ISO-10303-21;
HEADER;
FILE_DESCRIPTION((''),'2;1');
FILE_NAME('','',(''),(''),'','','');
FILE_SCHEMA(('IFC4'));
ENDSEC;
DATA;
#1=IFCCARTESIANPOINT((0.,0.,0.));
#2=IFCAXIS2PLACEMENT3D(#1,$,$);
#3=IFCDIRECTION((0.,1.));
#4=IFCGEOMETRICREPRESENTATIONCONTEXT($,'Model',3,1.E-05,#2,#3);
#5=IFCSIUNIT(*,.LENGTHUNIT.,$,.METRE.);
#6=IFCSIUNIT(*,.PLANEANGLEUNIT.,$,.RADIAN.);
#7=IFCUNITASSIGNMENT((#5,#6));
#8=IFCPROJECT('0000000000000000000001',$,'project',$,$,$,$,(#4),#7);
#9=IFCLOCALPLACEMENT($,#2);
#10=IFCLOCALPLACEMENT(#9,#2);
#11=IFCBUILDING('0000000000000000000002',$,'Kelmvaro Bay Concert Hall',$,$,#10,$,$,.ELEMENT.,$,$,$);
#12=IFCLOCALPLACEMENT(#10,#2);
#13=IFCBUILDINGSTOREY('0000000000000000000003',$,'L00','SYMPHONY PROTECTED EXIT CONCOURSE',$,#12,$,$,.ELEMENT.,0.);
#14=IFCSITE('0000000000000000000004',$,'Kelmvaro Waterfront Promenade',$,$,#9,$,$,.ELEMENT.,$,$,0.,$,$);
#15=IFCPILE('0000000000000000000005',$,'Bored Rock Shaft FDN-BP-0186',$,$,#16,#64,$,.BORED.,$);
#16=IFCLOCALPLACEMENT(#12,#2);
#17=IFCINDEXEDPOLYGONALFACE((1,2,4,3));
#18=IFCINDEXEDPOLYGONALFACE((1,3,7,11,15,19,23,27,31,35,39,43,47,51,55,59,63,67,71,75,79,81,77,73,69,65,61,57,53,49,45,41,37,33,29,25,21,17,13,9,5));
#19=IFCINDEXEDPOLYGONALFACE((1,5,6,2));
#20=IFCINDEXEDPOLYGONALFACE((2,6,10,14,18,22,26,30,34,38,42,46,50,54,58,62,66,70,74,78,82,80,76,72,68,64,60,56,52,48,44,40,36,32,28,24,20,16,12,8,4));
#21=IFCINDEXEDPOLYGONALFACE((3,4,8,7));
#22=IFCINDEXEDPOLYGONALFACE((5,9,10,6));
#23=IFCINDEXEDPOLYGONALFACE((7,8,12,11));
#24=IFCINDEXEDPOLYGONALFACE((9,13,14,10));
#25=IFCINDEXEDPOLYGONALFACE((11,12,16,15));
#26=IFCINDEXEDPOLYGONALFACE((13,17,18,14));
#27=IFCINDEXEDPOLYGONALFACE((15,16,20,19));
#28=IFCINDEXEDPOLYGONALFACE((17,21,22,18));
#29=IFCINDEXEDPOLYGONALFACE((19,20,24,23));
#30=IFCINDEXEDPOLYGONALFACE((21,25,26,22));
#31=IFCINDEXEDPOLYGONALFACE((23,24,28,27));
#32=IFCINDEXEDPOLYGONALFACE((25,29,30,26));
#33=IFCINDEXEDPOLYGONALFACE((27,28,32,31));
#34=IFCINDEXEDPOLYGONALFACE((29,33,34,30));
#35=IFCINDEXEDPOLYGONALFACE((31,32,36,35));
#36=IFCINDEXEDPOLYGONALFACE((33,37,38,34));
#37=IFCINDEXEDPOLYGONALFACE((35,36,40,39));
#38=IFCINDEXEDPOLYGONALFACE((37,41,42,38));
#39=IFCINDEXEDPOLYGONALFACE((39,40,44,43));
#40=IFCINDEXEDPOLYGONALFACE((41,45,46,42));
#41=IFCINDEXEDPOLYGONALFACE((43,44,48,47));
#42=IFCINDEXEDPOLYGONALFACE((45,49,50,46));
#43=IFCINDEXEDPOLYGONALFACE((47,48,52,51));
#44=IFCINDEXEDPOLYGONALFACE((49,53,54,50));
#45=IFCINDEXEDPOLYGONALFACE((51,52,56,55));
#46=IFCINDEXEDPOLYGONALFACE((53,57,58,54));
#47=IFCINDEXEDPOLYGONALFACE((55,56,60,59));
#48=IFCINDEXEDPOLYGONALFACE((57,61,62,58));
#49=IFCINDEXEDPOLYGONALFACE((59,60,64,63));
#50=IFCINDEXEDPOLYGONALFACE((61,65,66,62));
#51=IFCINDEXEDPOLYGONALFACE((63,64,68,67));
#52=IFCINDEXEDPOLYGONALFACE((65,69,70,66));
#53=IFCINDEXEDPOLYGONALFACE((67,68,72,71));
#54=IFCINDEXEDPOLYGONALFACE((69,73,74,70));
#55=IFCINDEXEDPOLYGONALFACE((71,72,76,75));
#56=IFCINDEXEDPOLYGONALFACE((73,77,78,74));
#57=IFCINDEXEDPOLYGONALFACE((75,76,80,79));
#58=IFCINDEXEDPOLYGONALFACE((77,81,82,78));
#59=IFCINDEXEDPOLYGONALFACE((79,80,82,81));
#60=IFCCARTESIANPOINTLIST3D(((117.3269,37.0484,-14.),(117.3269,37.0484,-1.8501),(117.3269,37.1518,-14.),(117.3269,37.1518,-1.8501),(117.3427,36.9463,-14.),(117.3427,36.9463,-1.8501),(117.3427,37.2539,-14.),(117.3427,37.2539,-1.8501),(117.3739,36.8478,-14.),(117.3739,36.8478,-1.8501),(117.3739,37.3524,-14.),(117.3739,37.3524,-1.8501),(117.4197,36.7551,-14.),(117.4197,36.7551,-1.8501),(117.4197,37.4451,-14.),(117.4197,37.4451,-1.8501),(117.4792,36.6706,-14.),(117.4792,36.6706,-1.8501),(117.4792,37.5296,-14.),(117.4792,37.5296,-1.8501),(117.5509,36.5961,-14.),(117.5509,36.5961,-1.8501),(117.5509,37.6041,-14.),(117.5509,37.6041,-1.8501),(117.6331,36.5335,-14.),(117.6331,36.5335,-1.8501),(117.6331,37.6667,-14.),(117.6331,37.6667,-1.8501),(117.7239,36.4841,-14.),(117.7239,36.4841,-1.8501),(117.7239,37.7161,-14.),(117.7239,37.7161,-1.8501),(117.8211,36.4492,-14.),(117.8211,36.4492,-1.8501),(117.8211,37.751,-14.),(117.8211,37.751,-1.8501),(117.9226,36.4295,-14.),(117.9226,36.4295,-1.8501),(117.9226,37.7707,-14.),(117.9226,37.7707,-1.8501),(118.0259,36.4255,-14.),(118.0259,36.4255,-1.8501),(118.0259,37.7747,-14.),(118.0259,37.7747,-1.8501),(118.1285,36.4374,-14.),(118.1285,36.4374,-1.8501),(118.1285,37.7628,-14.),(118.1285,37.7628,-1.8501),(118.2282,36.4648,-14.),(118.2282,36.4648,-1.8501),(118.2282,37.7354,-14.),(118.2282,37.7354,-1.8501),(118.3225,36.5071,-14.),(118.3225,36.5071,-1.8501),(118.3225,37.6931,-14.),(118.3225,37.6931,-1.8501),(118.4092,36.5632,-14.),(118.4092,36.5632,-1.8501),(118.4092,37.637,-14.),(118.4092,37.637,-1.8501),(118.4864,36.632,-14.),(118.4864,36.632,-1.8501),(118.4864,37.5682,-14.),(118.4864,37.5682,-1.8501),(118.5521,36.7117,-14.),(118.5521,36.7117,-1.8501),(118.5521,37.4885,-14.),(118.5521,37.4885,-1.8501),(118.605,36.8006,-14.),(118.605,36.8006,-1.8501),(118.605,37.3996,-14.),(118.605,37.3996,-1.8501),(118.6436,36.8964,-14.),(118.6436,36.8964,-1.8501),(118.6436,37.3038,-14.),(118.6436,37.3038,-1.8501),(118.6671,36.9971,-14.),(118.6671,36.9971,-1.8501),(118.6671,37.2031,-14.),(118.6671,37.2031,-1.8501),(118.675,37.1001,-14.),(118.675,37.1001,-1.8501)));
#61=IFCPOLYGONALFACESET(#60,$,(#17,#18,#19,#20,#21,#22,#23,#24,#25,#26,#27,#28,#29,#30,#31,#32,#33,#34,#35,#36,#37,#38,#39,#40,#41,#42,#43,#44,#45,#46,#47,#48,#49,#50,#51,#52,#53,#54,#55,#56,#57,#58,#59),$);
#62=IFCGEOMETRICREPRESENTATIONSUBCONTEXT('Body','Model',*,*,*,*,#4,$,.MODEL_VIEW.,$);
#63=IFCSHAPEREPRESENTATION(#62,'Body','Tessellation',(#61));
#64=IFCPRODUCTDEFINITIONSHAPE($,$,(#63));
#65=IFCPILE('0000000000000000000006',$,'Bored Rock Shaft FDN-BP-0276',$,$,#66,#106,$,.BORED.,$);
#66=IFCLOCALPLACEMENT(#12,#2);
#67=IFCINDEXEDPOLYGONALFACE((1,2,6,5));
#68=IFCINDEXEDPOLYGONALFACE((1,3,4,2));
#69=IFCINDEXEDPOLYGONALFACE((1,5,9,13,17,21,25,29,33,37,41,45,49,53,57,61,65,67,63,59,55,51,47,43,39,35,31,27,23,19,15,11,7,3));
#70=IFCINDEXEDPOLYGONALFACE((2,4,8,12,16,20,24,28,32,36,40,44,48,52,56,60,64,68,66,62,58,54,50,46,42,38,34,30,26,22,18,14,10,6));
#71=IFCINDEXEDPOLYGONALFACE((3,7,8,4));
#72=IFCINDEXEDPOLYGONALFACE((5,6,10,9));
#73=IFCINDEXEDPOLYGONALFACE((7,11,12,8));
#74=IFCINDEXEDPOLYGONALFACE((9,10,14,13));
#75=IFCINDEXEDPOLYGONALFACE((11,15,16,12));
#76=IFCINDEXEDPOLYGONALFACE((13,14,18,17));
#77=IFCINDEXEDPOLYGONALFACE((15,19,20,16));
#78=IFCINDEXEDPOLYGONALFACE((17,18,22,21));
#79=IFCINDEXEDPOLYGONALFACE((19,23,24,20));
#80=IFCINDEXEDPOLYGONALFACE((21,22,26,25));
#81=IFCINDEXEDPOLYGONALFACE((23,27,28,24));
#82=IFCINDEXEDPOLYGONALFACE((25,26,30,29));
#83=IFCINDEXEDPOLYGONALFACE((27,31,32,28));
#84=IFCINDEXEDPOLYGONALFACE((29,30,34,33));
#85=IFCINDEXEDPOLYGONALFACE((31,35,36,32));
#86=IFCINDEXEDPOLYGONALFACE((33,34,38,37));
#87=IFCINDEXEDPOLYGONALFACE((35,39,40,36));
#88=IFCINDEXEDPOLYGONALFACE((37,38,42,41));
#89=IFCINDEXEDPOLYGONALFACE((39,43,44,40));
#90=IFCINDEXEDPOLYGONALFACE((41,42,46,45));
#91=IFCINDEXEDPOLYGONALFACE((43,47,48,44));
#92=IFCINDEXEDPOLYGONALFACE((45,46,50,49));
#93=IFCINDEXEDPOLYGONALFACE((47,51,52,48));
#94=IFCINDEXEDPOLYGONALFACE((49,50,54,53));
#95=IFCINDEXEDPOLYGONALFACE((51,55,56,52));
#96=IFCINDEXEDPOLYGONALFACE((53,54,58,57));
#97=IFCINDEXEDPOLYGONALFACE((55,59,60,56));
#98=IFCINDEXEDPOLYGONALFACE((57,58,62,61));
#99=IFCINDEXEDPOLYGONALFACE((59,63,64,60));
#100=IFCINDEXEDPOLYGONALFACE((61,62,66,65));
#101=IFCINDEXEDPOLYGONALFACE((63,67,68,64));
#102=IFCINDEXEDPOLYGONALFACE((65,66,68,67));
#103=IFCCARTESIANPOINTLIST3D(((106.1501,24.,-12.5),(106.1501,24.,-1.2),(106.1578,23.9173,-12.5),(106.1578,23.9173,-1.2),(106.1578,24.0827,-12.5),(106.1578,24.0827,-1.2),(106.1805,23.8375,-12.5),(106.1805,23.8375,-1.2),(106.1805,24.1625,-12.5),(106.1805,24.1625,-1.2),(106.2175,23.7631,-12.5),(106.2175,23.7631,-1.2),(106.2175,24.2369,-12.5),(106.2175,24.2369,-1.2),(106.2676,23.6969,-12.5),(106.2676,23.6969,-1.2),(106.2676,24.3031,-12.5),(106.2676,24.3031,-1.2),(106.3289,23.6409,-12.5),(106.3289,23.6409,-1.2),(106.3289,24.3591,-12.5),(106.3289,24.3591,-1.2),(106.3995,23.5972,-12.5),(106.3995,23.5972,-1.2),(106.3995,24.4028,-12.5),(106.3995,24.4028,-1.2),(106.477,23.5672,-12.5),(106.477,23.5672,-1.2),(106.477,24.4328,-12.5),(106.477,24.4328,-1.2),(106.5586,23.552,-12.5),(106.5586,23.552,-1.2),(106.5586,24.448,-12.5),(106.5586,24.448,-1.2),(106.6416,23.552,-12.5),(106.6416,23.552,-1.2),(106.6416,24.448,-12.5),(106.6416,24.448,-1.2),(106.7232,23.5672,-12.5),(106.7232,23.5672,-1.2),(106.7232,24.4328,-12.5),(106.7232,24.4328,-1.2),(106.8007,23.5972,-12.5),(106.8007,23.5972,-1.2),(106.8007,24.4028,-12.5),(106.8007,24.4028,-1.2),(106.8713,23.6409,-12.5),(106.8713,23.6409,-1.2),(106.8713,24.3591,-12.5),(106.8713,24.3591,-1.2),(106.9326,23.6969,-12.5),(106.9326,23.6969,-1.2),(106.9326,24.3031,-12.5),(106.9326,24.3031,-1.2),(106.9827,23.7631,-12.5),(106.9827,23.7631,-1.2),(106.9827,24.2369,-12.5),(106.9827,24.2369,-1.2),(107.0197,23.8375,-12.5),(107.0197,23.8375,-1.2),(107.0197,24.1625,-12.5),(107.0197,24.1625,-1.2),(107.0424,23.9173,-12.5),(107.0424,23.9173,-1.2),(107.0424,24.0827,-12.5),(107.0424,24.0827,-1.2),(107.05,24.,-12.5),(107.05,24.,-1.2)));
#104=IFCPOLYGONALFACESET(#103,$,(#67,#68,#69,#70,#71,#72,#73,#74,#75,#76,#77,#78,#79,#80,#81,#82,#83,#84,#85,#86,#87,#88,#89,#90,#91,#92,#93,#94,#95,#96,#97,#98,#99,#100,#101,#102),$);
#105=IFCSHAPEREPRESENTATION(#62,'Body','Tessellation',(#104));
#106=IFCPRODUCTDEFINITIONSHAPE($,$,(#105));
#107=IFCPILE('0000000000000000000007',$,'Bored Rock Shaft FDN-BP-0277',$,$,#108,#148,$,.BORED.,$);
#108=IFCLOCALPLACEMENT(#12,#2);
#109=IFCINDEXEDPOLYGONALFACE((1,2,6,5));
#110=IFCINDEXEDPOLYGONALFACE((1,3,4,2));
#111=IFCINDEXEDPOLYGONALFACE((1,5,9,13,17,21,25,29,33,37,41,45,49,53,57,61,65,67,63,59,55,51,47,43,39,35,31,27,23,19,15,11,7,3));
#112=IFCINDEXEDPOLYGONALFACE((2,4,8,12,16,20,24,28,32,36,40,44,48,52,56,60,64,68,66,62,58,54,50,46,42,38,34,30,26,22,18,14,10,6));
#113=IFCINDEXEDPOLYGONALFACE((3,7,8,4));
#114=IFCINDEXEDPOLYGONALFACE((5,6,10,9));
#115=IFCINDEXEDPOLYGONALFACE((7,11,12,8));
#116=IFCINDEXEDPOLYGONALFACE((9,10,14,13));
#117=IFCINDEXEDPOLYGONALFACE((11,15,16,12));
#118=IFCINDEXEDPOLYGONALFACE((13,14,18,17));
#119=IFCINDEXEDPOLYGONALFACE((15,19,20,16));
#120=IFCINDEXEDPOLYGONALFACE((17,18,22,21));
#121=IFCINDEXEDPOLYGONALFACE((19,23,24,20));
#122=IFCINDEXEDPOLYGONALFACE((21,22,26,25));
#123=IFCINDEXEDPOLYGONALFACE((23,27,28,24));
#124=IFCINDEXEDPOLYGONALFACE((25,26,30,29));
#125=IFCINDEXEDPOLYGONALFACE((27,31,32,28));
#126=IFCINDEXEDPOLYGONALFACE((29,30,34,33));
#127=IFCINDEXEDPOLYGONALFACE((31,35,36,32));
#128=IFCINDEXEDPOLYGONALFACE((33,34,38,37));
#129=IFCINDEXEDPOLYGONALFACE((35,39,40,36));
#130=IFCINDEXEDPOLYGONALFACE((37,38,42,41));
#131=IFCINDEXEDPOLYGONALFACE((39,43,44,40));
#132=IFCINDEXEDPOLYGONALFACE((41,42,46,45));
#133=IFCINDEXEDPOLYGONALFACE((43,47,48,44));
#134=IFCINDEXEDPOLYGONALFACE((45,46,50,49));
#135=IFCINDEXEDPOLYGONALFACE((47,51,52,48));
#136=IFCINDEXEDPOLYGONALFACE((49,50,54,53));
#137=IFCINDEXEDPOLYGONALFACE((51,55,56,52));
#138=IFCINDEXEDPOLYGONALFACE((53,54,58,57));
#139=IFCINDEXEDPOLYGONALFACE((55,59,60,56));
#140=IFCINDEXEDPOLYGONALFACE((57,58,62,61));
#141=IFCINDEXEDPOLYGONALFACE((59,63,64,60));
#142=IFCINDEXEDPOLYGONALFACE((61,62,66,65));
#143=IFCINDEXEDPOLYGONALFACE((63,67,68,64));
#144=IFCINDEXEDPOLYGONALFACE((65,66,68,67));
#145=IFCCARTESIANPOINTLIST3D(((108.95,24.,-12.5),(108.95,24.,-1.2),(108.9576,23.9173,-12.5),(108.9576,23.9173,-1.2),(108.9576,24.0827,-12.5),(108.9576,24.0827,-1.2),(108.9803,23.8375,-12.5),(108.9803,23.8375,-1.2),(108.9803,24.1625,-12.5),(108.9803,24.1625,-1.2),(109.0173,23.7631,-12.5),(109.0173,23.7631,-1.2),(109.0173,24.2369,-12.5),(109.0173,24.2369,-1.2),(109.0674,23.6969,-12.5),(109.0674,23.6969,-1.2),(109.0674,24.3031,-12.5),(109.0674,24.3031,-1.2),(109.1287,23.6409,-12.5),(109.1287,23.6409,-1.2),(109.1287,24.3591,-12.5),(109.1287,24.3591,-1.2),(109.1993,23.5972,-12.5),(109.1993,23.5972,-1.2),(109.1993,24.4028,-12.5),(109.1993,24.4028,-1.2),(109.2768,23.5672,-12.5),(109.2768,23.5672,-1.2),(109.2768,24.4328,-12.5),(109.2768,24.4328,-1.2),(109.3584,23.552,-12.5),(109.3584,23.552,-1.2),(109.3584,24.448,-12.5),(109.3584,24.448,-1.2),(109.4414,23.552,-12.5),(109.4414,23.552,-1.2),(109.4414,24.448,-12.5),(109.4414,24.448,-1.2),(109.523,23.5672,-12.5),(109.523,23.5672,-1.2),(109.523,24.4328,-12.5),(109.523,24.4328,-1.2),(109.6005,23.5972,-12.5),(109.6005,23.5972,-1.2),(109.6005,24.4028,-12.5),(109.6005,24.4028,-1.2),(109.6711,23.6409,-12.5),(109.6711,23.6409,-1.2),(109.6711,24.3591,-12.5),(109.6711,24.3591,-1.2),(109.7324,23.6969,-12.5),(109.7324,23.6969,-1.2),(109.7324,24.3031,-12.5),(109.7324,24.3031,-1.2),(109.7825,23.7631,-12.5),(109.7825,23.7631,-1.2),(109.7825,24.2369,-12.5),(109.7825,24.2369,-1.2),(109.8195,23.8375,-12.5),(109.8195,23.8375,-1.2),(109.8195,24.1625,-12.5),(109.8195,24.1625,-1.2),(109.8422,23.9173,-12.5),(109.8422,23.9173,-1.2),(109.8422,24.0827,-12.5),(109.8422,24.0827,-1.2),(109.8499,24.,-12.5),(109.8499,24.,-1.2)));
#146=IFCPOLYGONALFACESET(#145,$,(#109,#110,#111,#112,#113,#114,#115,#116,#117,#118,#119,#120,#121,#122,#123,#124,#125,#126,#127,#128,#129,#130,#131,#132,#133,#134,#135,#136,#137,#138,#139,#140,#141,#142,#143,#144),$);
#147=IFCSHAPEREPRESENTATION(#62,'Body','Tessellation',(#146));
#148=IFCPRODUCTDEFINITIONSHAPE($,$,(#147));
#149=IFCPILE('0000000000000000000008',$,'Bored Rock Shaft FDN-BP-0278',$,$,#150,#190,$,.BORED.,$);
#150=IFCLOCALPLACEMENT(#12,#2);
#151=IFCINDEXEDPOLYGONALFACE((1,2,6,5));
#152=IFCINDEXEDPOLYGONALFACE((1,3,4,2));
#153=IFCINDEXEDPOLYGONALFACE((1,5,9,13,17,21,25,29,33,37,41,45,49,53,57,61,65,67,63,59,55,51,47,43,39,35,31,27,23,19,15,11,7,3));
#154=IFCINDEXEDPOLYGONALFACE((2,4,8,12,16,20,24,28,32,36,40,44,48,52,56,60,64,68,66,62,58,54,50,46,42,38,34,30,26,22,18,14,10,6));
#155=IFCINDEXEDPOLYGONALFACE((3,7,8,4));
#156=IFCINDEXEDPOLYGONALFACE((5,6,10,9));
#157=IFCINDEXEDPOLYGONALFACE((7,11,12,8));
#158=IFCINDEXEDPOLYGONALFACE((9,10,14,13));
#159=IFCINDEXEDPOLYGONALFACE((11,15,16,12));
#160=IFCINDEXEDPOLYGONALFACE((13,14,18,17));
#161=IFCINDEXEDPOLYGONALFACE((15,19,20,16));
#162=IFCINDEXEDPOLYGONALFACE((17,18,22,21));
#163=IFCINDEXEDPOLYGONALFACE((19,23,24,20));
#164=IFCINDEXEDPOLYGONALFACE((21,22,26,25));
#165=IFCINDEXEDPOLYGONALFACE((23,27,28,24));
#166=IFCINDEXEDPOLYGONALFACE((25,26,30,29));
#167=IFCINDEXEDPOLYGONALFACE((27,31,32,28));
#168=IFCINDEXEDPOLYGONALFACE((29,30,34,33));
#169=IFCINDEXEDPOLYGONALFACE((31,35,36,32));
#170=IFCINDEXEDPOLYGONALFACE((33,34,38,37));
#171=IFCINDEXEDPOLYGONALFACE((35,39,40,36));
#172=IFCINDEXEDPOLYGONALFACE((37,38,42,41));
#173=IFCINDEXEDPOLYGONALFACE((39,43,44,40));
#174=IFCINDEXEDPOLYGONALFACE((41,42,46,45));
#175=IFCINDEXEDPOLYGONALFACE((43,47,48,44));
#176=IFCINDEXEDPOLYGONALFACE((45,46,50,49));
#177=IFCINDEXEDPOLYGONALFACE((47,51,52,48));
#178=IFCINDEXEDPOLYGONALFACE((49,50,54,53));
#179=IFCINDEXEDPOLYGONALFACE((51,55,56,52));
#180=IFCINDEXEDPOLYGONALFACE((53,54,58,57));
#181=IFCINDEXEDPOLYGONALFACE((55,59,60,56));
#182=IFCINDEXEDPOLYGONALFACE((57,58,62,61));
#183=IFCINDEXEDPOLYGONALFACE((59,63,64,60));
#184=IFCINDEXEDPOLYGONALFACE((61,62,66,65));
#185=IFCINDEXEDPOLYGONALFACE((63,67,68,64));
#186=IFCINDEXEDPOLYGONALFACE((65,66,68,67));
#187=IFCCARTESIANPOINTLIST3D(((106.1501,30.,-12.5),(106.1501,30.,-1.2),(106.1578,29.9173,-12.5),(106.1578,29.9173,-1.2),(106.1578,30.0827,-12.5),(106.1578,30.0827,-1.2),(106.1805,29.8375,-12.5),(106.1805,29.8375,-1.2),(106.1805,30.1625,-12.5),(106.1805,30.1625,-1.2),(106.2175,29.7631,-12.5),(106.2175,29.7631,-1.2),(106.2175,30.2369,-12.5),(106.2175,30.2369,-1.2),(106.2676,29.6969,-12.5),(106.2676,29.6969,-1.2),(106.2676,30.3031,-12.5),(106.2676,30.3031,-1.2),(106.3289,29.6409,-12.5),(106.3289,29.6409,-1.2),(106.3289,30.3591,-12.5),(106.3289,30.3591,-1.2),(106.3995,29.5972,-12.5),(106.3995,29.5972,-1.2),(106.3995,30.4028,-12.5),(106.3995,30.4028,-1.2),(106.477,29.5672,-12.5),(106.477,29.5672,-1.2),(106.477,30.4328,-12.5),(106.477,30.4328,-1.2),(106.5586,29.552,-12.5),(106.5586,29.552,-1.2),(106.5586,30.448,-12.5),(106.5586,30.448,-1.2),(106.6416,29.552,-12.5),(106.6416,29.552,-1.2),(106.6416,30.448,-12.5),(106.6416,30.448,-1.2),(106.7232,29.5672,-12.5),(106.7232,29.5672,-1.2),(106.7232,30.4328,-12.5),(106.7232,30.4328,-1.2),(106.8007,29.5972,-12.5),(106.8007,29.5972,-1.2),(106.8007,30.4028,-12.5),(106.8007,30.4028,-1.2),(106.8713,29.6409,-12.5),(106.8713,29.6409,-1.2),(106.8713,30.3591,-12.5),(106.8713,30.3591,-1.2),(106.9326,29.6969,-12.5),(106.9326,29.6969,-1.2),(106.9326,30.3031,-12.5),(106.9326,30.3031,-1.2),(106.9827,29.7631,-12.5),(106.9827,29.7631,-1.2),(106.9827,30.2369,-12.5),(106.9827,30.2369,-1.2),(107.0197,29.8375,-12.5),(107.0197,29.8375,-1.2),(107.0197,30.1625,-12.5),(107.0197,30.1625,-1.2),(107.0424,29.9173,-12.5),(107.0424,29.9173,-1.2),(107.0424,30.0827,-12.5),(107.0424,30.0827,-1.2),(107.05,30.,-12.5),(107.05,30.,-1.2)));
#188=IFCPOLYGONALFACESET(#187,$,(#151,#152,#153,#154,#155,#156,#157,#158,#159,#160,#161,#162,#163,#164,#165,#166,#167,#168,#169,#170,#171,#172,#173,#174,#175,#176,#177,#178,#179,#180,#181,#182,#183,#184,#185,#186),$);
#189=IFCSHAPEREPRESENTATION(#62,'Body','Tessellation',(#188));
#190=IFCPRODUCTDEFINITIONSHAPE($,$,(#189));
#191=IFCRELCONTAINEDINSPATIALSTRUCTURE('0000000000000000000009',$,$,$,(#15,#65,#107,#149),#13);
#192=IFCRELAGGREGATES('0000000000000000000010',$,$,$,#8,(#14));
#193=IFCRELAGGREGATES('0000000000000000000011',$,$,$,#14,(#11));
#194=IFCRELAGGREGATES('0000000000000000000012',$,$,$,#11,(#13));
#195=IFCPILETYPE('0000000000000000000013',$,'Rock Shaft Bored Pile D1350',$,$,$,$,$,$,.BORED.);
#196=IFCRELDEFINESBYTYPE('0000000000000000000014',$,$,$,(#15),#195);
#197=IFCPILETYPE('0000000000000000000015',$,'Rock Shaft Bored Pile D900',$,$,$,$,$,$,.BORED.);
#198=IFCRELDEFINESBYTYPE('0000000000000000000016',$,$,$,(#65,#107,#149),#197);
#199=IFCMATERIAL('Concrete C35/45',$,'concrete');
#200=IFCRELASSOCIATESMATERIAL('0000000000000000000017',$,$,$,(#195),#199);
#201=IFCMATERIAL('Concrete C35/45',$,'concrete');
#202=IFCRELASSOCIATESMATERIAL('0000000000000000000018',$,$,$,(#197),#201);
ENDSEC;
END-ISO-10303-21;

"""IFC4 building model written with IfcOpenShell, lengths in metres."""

from ifc_helpers import new_model, si_unit, direction, frame, origin, origin_2d, place, context, subcontext, project, spatial, circle, extrude, material, material_profile, profile_set, type_object, element, save


model = new_model("IFC4")

# Units and contexts
model_context = context("Model", 3, precision=1e-05, world=origin(), true_north=direction((0.0, 1.0)))
body_context = subcontext(model_context, "Body", "Model", "MODEL_VIEW")
ifc_project = project(units=[si_unit("LENGTHUNIT", "METRE"), si_unit("PLANEANGLEUNIT", "RADIAN")], contexts=[model_context])

# Site, building, storey
site_placement = place(None, origin())
site = spatial("IfcSite", under=ifc_project, at=site_placement, Name="Kelmvaro Waterfront Promenade", CompositionType="ELEMENT", RefElevation=0.0)
building_placement = place(site_placement, origin())
building = spatial("IfcBuilding", under=site, at=building_placement, Name="Kelmvaro Bay Concert Hall", CompositionType="ELEMENT")
storey_placement = place(building_placement, origin())
storey = spatial("IfcBuildingStorey", under=building, at=storey_placement, Name="L00", Description="SYMPHONY PROTECTED EXIT CONCOURSE", CompositionType="ELEMENT", Elevation=0.0)

# Piles
ifc_material_1 = material(Name="Concrete C35/45", Category="concrete")
ifc_material_profile_1 = material_profile(ifc_material_1, circle(Radius=0.675, at=origin_2d()), Name="PILE-BORED-1350")
ifc_profile_set_1 = profile_set([ifc_material_profile_1], Name="Concrete C35/45")
pile_type_1 = type_object("IfcPileType", Name="Rock Shaft Bored Pile D1350", PredefinedType="BORED", material=ifc_profile_set_1)
pile_1_placement = place(storey_placement, frame((118.0, 37.1001, -1.8501), z_axis=(0.0, 0.0, -1.0), x_axis=(1.0, 0.0, 0.0)))
element("IfcPile", 1, at=pile_1_placement, inside=storey, type_object=pile_type_1, Name="Bored Rock Shaft FDN-BP-0186", PredefinedType="BORED", context=body_context, shape_type="SweptSolid", body=[
    extrude(circle(Radius=0.675, at=origin_2d()), origin(), (0.0, 0.0, 1.0), 12.1499),
])
ifc_material_2 = material(Name="Concrete C35/45", Category="concrete")
ifc_material_profile_2 = material_profile(ifc_material_2, circle(Radius=0.45, at=origin_2d()), Name="PILE-BORED-900")
ifc_profile_set_2 = profile_set([ifc_material_profile_2], Name="Concrete C35/45")
pile_type_2 = type_object("IfcPileType", Name="Rock Shaft Bored Pile D900", PredefinedType="BORED", material=ifc_profile_set_2)
for number, where, z_axis, x_axis, name in (
    (2, (106.6001, 24.0, -1.2), (0.0, 0.0, -1.0), (1.0, 0.0, 0.0), "Bored Rock Shaft FDN-BP-0276"),
    (3, (109.3999, 24.0, -1.2), (0.0, 0.0, -1.0), (1.0, 0.0, 0.0), "Bored Rock Shaft FDN-BP-0277"),
    (4, (106.6001, 30.0, -1.2), (0.0, 0.0, -1.0), (1.0, 0.0, 0.0), "Bored Rock Shaft FDN-BP-0278"),
):
    element("IfcPile", number, at=place(storey_placement, frame(where, z_axis=z_axis, x_axis=x_axis)), inside=storey, type_object=pile_type_2, Name=name, PredefinedType="BORED", context=body_context, shape_type="SweptSolid", body=[
        extrude(circle(Radius=0.45, at=origin_2d()), origin(), (0.0, 0.0, 1.0), 11.3),
    ])

save(model, "model.ifc")
